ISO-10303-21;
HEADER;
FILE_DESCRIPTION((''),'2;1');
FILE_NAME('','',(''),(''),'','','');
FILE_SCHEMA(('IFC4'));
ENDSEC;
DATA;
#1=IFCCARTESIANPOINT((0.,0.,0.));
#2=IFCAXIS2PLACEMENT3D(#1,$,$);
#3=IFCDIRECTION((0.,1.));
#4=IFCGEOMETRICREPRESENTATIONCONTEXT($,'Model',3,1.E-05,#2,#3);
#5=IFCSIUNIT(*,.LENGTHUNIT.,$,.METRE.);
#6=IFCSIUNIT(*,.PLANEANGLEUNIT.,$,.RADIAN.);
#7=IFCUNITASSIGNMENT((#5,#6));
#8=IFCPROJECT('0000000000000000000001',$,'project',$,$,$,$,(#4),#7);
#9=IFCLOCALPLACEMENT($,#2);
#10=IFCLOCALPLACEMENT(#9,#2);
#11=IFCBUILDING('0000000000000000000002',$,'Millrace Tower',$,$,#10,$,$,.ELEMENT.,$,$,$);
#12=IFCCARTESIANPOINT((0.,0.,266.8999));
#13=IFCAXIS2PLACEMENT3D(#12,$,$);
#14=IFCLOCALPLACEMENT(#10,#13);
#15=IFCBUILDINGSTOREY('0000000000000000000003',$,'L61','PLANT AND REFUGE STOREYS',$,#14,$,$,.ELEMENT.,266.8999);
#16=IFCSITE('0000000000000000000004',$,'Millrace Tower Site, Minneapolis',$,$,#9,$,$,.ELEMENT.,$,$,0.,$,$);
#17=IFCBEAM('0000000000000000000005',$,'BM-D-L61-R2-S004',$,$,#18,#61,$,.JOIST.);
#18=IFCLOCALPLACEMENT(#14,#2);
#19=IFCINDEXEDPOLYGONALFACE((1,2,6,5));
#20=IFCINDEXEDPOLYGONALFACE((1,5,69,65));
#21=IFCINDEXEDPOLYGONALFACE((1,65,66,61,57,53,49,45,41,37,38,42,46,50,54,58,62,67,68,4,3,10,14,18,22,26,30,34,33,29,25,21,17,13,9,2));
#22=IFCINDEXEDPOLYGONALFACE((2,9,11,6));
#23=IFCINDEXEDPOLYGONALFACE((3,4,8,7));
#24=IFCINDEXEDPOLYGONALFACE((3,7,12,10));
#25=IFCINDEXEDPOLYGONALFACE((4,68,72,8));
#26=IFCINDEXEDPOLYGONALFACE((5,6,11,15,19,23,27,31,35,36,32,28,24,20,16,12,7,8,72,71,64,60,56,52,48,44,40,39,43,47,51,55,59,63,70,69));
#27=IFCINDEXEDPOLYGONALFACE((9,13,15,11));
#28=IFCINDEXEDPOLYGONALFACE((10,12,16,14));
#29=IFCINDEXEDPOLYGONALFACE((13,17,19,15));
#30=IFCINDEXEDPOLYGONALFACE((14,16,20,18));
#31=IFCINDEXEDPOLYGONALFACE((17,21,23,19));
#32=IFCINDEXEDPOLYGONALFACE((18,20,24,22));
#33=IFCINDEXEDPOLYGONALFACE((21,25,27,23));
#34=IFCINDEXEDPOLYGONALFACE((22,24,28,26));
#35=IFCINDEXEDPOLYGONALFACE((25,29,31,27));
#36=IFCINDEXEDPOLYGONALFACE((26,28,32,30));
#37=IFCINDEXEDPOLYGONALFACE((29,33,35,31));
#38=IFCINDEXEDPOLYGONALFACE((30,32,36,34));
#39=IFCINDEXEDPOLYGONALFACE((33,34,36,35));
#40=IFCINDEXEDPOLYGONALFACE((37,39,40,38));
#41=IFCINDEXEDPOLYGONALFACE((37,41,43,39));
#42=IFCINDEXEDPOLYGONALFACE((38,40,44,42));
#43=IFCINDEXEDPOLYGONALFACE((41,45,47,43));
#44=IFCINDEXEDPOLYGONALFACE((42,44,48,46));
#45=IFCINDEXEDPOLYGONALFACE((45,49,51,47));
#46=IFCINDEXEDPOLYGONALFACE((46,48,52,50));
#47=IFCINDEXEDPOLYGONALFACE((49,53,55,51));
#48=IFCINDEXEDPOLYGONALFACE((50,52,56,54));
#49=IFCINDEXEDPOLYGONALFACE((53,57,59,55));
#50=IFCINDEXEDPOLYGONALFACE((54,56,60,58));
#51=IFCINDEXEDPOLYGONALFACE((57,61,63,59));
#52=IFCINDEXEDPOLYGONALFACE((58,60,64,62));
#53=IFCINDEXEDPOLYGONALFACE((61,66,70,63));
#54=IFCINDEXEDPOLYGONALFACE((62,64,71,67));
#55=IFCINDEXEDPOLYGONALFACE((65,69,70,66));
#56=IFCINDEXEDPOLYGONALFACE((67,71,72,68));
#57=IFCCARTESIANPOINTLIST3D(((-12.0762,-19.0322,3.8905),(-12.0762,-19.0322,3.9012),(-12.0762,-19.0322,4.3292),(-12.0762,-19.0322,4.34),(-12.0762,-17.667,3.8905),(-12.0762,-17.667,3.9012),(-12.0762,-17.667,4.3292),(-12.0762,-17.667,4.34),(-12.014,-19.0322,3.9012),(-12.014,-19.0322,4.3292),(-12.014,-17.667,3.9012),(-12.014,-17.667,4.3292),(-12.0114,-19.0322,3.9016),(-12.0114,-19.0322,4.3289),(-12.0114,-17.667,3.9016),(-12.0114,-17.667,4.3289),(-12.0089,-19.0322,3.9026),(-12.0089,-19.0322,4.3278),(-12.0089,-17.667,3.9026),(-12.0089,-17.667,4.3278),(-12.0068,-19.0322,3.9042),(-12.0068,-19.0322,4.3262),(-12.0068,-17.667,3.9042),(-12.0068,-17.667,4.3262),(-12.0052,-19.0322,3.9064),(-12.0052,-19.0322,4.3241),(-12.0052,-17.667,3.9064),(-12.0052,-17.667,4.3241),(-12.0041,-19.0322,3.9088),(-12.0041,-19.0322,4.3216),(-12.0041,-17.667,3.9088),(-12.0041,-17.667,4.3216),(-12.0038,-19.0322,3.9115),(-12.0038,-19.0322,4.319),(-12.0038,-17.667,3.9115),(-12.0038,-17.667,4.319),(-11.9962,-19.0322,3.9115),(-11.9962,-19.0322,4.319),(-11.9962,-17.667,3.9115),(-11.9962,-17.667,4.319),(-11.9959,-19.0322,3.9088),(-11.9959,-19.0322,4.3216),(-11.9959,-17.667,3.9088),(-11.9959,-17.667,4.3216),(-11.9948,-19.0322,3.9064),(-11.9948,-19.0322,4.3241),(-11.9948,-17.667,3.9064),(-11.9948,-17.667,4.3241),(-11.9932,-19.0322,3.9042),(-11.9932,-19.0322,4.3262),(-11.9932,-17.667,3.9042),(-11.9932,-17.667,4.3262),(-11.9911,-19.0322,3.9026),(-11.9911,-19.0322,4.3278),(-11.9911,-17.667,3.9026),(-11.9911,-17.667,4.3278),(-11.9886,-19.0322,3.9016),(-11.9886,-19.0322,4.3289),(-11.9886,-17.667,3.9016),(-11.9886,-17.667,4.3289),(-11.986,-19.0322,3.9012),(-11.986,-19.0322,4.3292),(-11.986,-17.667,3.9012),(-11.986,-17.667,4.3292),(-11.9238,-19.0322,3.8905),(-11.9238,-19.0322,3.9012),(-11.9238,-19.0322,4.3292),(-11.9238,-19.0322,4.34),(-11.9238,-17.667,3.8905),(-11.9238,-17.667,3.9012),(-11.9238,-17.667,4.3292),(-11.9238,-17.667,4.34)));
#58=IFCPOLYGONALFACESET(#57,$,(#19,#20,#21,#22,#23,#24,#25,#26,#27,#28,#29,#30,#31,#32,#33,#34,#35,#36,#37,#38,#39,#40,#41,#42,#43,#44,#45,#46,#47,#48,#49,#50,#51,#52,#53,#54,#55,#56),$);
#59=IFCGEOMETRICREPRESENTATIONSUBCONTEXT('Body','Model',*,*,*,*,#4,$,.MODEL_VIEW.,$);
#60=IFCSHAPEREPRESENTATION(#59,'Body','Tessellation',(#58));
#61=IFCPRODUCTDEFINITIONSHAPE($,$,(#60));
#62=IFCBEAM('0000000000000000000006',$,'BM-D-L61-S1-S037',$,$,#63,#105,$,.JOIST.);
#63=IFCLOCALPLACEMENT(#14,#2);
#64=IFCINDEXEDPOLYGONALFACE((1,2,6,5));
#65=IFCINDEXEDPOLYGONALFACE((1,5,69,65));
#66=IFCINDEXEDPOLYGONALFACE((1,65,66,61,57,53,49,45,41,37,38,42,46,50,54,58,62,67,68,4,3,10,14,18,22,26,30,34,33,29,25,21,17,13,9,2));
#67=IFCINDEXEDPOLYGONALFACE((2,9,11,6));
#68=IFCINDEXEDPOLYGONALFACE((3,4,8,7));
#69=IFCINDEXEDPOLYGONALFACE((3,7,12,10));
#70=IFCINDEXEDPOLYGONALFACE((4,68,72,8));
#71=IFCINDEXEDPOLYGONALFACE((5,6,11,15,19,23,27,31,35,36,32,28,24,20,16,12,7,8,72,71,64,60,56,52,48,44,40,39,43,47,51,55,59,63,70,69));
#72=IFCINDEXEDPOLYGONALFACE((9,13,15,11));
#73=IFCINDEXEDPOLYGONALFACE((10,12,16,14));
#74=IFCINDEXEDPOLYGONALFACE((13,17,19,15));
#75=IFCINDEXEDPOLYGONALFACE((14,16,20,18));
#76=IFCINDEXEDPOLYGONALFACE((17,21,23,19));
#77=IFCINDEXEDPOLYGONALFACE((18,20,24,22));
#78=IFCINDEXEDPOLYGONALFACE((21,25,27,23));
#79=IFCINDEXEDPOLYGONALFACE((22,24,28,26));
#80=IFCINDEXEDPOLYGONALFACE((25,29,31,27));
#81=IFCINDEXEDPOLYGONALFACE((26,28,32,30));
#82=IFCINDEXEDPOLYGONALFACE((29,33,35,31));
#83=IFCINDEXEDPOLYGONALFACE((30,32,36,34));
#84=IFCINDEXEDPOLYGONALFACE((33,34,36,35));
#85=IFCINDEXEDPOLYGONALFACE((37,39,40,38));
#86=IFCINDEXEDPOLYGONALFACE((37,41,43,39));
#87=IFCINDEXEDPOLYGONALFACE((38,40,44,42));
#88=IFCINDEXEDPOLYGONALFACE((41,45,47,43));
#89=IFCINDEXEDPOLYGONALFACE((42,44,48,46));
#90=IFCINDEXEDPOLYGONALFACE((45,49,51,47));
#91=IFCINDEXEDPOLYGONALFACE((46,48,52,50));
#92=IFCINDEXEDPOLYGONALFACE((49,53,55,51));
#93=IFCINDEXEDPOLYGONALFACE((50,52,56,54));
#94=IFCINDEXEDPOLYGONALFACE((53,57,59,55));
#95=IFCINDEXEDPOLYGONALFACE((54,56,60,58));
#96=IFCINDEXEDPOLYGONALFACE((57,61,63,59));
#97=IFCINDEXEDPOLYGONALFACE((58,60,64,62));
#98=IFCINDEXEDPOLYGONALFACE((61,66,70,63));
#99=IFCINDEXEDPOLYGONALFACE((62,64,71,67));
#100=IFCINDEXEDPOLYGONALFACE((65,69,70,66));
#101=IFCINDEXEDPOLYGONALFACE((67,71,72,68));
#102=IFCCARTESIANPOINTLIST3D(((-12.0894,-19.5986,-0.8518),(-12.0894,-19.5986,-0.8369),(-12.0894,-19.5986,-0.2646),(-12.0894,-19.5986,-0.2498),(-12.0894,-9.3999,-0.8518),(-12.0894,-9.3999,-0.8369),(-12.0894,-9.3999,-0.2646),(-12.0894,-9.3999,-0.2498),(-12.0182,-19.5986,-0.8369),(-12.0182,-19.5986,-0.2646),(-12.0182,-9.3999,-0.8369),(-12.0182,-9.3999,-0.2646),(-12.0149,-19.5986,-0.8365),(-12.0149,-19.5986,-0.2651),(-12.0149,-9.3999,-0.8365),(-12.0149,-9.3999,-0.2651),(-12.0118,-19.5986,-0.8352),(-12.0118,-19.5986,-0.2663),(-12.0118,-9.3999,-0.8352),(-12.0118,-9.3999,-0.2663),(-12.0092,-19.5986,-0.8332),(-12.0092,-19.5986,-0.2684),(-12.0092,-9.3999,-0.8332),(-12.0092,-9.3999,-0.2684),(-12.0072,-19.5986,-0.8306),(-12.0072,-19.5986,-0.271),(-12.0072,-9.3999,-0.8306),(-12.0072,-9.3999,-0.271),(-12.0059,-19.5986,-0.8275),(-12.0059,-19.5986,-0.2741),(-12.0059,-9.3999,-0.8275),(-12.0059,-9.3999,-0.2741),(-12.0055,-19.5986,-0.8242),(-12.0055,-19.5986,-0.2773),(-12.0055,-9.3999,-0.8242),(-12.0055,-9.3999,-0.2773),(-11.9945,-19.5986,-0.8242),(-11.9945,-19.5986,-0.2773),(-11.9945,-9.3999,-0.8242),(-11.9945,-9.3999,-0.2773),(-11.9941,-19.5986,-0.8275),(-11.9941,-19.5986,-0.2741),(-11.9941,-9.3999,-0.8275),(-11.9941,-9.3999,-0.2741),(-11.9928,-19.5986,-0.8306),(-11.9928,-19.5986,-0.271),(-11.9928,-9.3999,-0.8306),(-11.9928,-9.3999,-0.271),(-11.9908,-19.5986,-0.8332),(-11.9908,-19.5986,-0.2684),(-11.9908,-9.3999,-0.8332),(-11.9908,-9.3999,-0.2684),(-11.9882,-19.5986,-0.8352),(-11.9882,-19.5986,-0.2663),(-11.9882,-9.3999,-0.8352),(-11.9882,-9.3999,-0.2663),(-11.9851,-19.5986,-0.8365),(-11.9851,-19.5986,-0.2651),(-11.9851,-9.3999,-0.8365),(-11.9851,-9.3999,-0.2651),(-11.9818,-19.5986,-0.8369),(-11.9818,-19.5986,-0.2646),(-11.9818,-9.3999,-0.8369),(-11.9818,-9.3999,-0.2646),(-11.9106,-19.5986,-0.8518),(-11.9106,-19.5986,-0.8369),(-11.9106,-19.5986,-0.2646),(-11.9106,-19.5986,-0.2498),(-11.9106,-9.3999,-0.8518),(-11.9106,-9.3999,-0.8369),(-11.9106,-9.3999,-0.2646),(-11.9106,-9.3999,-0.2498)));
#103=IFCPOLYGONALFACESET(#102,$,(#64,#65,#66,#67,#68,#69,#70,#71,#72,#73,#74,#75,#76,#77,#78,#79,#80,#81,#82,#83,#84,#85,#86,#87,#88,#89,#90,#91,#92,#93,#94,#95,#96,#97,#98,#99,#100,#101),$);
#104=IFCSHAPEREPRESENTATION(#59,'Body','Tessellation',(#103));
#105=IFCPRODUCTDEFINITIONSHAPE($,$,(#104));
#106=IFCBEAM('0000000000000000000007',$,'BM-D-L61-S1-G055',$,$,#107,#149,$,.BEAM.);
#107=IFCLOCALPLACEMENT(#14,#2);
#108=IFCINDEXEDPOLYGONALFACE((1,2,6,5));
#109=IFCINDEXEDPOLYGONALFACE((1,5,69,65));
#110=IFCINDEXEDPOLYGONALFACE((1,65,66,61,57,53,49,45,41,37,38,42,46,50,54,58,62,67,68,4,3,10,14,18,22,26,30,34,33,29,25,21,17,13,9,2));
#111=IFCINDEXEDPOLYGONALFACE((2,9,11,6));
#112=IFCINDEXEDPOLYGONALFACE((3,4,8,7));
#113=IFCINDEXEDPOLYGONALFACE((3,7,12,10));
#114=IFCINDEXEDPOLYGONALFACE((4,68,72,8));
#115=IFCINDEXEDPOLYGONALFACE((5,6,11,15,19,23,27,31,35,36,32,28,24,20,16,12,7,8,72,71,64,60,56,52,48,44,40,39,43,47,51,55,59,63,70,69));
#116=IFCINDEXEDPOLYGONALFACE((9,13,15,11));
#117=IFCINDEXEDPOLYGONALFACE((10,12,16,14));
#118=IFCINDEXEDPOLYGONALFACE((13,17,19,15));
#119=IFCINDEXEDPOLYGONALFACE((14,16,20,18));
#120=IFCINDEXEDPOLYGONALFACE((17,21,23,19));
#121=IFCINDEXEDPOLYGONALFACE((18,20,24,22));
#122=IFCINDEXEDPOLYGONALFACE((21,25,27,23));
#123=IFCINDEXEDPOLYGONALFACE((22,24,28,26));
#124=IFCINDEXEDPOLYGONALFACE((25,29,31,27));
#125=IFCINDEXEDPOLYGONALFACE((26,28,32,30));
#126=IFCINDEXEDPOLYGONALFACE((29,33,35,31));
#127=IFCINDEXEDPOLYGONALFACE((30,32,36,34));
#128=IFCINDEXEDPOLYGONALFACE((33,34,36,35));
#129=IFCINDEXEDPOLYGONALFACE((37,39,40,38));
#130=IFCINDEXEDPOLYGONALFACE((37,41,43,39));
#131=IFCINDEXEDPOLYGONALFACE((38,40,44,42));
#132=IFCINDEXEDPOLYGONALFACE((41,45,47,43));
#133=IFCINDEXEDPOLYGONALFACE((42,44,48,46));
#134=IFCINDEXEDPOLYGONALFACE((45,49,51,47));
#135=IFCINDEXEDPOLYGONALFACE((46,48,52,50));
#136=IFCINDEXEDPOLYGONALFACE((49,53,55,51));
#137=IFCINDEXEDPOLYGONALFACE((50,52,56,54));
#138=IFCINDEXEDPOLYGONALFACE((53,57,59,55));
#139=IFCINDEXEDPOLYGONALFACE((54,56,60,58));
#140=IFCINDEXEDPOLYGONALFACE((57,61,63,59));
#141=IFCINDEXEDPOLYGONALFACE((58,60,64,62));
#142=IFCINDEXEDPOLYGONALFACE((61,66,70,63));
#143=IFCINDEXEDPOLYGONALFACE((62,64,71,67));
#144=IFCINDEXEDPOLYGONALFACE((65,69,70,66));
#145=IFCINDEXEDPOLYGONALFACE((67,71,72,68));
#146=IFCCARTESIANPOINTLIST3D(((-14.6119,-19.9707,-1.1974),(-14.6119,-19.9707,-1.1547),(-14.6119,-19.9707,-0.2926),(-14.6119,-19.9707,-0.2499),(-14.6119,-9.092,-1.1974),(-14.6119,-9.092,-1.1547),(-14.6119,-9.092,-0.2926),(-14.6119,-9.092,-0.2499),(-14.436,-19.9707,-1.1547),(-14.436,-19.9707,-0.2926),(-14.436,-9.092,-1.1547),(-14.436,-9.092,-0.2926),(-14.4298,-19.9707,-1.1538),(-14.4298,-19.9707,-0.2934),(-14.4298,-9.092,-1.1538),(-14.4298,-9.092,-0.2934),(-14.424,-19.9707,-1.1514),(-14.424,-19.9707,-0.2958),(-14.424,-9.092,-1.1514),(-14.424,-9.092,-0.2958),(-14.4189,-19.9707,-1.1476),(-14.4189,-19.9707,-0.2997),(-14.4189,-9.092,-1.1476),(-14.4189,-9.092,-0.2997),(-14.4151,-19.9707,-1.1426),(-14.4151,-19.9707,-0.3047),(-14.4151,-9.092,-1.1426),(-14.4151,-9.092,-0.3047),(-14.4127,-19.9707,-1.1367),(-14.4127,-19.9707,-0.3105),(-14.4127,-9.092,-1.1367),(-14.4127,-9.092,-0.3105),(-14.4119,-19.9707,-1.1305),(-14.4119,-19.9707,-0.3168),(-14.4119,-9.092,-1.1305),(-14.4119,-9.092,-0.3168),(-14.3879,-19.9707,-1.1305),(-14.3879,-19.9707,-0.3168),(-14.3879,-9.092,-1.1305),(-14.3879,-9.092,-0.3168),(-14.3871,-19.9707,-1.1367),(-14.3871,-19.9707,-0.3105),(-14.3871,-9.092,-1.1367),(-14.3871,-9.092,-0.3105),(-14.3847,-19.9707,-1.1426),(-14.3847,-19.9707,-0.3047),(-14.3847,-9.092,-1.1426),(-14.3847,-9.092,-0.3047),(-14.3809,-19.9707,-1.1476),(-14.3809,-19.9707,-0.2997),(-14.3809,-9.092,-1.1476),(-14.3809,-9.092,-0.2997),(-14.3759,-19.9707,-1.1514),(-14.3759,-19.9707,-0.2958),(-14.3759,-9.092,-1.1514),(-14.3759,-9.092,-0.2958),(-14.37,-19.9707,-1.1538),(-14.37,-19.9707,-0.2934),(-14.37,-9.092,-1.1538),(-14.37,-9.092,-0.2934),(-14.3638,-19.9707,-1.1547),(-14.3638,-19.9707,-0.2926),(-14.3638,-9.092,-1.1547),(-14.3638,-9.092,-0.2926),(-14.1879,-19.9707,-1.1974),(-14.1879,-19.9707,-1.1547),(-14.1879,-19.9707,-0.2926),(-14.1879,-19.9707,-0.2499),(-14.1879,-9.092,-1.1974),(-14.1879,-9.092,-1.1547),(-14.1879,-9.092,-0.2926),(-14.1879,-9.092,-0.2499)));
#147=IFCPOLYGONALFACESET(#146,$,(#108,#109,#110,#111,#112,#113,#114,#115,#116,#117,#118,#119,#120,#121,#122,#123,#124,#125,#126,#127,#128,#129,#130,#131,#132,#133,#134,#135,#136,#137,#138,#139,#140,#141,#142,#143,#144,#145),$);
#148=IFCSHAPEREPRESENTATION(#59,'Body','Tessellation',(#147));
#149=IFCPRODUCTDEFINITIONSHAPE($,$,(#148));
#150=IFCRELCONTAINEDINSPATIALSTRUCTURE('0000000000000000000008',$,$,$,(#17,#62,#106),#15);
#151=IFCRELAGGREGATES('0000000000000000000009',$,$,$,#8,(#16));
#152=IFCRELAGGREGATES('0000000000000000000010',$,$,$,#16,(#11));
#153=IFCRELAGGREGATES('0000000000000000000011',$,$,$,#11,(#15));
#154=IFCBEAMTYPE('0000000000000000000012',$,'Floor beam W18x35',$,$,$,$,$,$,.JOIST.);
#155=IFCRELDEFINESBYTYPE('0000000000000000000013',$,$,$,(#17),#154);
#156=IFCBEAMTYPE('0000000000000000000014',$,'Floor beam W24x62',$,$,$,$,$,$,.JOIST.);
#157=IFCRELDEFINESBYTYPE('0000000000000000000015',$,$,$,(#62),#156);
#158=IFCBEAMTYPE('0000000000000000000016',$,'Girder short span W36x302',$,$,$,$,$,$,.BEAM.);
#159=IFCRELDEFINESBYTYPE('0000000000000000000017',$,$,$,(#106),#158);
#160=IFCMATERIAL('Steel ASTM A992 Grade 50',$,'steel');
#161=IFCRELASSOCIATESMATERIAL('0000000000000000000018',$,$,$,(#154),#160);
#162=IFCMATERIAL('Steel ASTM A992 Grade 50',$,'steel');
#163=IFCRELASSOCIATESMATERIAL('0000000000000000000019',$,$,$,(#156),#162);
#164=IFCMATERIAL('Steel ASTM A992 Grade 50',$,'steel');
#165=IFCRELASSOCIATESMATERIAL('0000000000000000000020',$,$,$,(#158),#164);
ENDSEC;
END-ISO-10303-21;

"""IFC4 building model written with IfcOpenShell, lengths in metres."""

from ifc_helpers import new_model, si_unit, direction, frame, origin, origin_2d, place, context, subcontext, project, spatial, i_section, extrude, material, material_profile, profile_set, type_object, element, save


model = new_model("IFC4")

# Units and contexts
model_context = context("Model", 3, precision=1e-05, world=origin(), true_north=direction((0.0, 1.0)))
body_context = subcontext(model_context, "Body", "Model", "MODEL_VIEW")
ifc_project = project(units=[si_unit("LENGTHUNIT", "METRE"), si_unit("PLANEANGLEUNIT", "RADIAN")], contexts=[model_context])

# Site, building, storey
site_placement = place(None, origin())
site = spatial("IfcSite", under=ifc_project, at=site_placement, Name="Millrace Tower Site, Minneapolis", CompositionType="ELEMENT", RefElevation=0.0)
building_placement = place(site_placement, origin())
building = spatial("IfcBuilding", under=site, at=building_placement, Name="Millrace Tower", CompositionType="ELEMENT")
storey_placement = place(building_placement, frame((0.0, 0.0, 266.8999)))
storey = spatial("IfcBuildingStorey", under=building, at=storey_placement, Name="L61", Description="PLANT AND REFUGE STOREYS", CompositionType="ELEMENT", Elevation=266.8999)

# Beams
ifc_material_1 = material(Name="Steel ASTM A992 Grade 50", Category="steel")
ifc_material_profile_1 = material_profile(ifc_material_1, i_section(OverallWidth=0.1523, OverallDepth=0.4495, WebThickness=0.0076, FlangeThickness=0.0107, FilletRadius=0.0103, at=origin_2d()))
ifc_profile_set_1 = profile_set([ifc_material_profile_1], Name="Steel ASTM A992 Grade 50")
beam_type_1 = type_object("IfcBeamType", Name="Floor beam W18x35", PredefinedType="JOIST", material=ifc_profile_set_1)
beam_1_placement = place(storey_placement, frame((-12.0, -19.0322, 4.1152), z_axis=(0.0, 1.0, 0.0), x_axis=(-1.0, 0.0, 0.0)))
element("IfcBeam", 1, at=beam_1_placement, inside=storey, type_object=beam_type_1, Name="BM-D-L61-R2-S004", PredefinedType="JOIST", context=body_context, shape_type="SweptSolid", body=[
    extrude(i_section(OverallWidth=0.1523, OverallDepth=0.4495, WebThickness=0.0076, FlangeThickness=0.0107, FilletRadius=0.0103, at=origin_2d()), origin(), (0.0, 0.0, 1.0), 1.3652),
])
ifc_material_2 = material(Name="Steel ASTM A992 Grade 50", Category="steel")
ifc_material_profile_2 = material_profile(ifc_material_2, i_section(OverallWidth=0.1787, OverallDepth=0.6021, WebThickness=0.011, FlangeThickness=0.0149, FilletRadius=0.0127, at=origin_2d()))
ifc_profile_set_2 = profile_set([ifc_material_profile_2], Name="Steel ASTM A992 Grade 50")
beam_type_2 = type_object("IfcBeamType", Name="Floor beam W24x62", PredefinedType="JOIST", material=ifc_profile_set_2)
beam_2_placement = place(storey_placement, frame((-12.0, -19.5986, -0.5508), z_axis=(0.0, 1.0, 0.0), x_axis=(-1.0, 0.0, 0.0)))
element("IfcBeam", 2, at=beam_2_placement, inside=storey, type_object=beam_type_2, Name="BM-D-L61-S1-S037", PredefinedType="JOIST", context=body_context, shape_type="SweptSolid", body=[
    extrude(i_section(OverallWidth=0.1787, OverallDepth=0.6021, WebThickness=0.011, FlangeThickness=0.0149, FilletRadius=0.0127, at=origin_2d()), origin(), (0.0, 0.0, 1.0), 10.1987),
])
ifc_material_3 = material(Name="Steel ASTM A992 Grade 50", Category="steel")
ifc_material_profile_3 = material_profile(ifc_material_3, i_section(OverallWidth=0.4241, OverallDepth=0.9475, WebThickness=0.0239, FlangeThickness=0.0427, FilletRadius=0.0242, at=origin_2d()))
ifc_profile_set_3 = profile_set([ifc_material_profile_3], Name="Steel ASTM A992 Grade 50")
beam_type_3 = type_object("IfcBeamType", Name="Girder short span W36x302", PredefinedType="BEAM", material=ifc_profile_set_3)
beam_3_placement = place(storey_placement, frame((-14.3999, -19.9707, -0.7236), z_axis=(0.0, 1.0, 0.0), x_axis=(-1.0, 0.0, 0.0)))
element("IfcBeam", 3, at=beam_3_placement, inside=storey, type_object=beam_type_3, Name="BM-D-L61-S1-G055", PredefinedType="BEAM", context=body_context, shape_type="SweptSolid", body=[
    extrude(i_section(OverallWidth=0.4241, OverallDepth=0.9475, WebThickness=0.0239, FlangeThickness=0.0427, FilletRadius=0.0242, at=origin_2d()), origin(), (0.0, 0.0, 1.0), 10.8787),
])

save(model, "model.ifc")
